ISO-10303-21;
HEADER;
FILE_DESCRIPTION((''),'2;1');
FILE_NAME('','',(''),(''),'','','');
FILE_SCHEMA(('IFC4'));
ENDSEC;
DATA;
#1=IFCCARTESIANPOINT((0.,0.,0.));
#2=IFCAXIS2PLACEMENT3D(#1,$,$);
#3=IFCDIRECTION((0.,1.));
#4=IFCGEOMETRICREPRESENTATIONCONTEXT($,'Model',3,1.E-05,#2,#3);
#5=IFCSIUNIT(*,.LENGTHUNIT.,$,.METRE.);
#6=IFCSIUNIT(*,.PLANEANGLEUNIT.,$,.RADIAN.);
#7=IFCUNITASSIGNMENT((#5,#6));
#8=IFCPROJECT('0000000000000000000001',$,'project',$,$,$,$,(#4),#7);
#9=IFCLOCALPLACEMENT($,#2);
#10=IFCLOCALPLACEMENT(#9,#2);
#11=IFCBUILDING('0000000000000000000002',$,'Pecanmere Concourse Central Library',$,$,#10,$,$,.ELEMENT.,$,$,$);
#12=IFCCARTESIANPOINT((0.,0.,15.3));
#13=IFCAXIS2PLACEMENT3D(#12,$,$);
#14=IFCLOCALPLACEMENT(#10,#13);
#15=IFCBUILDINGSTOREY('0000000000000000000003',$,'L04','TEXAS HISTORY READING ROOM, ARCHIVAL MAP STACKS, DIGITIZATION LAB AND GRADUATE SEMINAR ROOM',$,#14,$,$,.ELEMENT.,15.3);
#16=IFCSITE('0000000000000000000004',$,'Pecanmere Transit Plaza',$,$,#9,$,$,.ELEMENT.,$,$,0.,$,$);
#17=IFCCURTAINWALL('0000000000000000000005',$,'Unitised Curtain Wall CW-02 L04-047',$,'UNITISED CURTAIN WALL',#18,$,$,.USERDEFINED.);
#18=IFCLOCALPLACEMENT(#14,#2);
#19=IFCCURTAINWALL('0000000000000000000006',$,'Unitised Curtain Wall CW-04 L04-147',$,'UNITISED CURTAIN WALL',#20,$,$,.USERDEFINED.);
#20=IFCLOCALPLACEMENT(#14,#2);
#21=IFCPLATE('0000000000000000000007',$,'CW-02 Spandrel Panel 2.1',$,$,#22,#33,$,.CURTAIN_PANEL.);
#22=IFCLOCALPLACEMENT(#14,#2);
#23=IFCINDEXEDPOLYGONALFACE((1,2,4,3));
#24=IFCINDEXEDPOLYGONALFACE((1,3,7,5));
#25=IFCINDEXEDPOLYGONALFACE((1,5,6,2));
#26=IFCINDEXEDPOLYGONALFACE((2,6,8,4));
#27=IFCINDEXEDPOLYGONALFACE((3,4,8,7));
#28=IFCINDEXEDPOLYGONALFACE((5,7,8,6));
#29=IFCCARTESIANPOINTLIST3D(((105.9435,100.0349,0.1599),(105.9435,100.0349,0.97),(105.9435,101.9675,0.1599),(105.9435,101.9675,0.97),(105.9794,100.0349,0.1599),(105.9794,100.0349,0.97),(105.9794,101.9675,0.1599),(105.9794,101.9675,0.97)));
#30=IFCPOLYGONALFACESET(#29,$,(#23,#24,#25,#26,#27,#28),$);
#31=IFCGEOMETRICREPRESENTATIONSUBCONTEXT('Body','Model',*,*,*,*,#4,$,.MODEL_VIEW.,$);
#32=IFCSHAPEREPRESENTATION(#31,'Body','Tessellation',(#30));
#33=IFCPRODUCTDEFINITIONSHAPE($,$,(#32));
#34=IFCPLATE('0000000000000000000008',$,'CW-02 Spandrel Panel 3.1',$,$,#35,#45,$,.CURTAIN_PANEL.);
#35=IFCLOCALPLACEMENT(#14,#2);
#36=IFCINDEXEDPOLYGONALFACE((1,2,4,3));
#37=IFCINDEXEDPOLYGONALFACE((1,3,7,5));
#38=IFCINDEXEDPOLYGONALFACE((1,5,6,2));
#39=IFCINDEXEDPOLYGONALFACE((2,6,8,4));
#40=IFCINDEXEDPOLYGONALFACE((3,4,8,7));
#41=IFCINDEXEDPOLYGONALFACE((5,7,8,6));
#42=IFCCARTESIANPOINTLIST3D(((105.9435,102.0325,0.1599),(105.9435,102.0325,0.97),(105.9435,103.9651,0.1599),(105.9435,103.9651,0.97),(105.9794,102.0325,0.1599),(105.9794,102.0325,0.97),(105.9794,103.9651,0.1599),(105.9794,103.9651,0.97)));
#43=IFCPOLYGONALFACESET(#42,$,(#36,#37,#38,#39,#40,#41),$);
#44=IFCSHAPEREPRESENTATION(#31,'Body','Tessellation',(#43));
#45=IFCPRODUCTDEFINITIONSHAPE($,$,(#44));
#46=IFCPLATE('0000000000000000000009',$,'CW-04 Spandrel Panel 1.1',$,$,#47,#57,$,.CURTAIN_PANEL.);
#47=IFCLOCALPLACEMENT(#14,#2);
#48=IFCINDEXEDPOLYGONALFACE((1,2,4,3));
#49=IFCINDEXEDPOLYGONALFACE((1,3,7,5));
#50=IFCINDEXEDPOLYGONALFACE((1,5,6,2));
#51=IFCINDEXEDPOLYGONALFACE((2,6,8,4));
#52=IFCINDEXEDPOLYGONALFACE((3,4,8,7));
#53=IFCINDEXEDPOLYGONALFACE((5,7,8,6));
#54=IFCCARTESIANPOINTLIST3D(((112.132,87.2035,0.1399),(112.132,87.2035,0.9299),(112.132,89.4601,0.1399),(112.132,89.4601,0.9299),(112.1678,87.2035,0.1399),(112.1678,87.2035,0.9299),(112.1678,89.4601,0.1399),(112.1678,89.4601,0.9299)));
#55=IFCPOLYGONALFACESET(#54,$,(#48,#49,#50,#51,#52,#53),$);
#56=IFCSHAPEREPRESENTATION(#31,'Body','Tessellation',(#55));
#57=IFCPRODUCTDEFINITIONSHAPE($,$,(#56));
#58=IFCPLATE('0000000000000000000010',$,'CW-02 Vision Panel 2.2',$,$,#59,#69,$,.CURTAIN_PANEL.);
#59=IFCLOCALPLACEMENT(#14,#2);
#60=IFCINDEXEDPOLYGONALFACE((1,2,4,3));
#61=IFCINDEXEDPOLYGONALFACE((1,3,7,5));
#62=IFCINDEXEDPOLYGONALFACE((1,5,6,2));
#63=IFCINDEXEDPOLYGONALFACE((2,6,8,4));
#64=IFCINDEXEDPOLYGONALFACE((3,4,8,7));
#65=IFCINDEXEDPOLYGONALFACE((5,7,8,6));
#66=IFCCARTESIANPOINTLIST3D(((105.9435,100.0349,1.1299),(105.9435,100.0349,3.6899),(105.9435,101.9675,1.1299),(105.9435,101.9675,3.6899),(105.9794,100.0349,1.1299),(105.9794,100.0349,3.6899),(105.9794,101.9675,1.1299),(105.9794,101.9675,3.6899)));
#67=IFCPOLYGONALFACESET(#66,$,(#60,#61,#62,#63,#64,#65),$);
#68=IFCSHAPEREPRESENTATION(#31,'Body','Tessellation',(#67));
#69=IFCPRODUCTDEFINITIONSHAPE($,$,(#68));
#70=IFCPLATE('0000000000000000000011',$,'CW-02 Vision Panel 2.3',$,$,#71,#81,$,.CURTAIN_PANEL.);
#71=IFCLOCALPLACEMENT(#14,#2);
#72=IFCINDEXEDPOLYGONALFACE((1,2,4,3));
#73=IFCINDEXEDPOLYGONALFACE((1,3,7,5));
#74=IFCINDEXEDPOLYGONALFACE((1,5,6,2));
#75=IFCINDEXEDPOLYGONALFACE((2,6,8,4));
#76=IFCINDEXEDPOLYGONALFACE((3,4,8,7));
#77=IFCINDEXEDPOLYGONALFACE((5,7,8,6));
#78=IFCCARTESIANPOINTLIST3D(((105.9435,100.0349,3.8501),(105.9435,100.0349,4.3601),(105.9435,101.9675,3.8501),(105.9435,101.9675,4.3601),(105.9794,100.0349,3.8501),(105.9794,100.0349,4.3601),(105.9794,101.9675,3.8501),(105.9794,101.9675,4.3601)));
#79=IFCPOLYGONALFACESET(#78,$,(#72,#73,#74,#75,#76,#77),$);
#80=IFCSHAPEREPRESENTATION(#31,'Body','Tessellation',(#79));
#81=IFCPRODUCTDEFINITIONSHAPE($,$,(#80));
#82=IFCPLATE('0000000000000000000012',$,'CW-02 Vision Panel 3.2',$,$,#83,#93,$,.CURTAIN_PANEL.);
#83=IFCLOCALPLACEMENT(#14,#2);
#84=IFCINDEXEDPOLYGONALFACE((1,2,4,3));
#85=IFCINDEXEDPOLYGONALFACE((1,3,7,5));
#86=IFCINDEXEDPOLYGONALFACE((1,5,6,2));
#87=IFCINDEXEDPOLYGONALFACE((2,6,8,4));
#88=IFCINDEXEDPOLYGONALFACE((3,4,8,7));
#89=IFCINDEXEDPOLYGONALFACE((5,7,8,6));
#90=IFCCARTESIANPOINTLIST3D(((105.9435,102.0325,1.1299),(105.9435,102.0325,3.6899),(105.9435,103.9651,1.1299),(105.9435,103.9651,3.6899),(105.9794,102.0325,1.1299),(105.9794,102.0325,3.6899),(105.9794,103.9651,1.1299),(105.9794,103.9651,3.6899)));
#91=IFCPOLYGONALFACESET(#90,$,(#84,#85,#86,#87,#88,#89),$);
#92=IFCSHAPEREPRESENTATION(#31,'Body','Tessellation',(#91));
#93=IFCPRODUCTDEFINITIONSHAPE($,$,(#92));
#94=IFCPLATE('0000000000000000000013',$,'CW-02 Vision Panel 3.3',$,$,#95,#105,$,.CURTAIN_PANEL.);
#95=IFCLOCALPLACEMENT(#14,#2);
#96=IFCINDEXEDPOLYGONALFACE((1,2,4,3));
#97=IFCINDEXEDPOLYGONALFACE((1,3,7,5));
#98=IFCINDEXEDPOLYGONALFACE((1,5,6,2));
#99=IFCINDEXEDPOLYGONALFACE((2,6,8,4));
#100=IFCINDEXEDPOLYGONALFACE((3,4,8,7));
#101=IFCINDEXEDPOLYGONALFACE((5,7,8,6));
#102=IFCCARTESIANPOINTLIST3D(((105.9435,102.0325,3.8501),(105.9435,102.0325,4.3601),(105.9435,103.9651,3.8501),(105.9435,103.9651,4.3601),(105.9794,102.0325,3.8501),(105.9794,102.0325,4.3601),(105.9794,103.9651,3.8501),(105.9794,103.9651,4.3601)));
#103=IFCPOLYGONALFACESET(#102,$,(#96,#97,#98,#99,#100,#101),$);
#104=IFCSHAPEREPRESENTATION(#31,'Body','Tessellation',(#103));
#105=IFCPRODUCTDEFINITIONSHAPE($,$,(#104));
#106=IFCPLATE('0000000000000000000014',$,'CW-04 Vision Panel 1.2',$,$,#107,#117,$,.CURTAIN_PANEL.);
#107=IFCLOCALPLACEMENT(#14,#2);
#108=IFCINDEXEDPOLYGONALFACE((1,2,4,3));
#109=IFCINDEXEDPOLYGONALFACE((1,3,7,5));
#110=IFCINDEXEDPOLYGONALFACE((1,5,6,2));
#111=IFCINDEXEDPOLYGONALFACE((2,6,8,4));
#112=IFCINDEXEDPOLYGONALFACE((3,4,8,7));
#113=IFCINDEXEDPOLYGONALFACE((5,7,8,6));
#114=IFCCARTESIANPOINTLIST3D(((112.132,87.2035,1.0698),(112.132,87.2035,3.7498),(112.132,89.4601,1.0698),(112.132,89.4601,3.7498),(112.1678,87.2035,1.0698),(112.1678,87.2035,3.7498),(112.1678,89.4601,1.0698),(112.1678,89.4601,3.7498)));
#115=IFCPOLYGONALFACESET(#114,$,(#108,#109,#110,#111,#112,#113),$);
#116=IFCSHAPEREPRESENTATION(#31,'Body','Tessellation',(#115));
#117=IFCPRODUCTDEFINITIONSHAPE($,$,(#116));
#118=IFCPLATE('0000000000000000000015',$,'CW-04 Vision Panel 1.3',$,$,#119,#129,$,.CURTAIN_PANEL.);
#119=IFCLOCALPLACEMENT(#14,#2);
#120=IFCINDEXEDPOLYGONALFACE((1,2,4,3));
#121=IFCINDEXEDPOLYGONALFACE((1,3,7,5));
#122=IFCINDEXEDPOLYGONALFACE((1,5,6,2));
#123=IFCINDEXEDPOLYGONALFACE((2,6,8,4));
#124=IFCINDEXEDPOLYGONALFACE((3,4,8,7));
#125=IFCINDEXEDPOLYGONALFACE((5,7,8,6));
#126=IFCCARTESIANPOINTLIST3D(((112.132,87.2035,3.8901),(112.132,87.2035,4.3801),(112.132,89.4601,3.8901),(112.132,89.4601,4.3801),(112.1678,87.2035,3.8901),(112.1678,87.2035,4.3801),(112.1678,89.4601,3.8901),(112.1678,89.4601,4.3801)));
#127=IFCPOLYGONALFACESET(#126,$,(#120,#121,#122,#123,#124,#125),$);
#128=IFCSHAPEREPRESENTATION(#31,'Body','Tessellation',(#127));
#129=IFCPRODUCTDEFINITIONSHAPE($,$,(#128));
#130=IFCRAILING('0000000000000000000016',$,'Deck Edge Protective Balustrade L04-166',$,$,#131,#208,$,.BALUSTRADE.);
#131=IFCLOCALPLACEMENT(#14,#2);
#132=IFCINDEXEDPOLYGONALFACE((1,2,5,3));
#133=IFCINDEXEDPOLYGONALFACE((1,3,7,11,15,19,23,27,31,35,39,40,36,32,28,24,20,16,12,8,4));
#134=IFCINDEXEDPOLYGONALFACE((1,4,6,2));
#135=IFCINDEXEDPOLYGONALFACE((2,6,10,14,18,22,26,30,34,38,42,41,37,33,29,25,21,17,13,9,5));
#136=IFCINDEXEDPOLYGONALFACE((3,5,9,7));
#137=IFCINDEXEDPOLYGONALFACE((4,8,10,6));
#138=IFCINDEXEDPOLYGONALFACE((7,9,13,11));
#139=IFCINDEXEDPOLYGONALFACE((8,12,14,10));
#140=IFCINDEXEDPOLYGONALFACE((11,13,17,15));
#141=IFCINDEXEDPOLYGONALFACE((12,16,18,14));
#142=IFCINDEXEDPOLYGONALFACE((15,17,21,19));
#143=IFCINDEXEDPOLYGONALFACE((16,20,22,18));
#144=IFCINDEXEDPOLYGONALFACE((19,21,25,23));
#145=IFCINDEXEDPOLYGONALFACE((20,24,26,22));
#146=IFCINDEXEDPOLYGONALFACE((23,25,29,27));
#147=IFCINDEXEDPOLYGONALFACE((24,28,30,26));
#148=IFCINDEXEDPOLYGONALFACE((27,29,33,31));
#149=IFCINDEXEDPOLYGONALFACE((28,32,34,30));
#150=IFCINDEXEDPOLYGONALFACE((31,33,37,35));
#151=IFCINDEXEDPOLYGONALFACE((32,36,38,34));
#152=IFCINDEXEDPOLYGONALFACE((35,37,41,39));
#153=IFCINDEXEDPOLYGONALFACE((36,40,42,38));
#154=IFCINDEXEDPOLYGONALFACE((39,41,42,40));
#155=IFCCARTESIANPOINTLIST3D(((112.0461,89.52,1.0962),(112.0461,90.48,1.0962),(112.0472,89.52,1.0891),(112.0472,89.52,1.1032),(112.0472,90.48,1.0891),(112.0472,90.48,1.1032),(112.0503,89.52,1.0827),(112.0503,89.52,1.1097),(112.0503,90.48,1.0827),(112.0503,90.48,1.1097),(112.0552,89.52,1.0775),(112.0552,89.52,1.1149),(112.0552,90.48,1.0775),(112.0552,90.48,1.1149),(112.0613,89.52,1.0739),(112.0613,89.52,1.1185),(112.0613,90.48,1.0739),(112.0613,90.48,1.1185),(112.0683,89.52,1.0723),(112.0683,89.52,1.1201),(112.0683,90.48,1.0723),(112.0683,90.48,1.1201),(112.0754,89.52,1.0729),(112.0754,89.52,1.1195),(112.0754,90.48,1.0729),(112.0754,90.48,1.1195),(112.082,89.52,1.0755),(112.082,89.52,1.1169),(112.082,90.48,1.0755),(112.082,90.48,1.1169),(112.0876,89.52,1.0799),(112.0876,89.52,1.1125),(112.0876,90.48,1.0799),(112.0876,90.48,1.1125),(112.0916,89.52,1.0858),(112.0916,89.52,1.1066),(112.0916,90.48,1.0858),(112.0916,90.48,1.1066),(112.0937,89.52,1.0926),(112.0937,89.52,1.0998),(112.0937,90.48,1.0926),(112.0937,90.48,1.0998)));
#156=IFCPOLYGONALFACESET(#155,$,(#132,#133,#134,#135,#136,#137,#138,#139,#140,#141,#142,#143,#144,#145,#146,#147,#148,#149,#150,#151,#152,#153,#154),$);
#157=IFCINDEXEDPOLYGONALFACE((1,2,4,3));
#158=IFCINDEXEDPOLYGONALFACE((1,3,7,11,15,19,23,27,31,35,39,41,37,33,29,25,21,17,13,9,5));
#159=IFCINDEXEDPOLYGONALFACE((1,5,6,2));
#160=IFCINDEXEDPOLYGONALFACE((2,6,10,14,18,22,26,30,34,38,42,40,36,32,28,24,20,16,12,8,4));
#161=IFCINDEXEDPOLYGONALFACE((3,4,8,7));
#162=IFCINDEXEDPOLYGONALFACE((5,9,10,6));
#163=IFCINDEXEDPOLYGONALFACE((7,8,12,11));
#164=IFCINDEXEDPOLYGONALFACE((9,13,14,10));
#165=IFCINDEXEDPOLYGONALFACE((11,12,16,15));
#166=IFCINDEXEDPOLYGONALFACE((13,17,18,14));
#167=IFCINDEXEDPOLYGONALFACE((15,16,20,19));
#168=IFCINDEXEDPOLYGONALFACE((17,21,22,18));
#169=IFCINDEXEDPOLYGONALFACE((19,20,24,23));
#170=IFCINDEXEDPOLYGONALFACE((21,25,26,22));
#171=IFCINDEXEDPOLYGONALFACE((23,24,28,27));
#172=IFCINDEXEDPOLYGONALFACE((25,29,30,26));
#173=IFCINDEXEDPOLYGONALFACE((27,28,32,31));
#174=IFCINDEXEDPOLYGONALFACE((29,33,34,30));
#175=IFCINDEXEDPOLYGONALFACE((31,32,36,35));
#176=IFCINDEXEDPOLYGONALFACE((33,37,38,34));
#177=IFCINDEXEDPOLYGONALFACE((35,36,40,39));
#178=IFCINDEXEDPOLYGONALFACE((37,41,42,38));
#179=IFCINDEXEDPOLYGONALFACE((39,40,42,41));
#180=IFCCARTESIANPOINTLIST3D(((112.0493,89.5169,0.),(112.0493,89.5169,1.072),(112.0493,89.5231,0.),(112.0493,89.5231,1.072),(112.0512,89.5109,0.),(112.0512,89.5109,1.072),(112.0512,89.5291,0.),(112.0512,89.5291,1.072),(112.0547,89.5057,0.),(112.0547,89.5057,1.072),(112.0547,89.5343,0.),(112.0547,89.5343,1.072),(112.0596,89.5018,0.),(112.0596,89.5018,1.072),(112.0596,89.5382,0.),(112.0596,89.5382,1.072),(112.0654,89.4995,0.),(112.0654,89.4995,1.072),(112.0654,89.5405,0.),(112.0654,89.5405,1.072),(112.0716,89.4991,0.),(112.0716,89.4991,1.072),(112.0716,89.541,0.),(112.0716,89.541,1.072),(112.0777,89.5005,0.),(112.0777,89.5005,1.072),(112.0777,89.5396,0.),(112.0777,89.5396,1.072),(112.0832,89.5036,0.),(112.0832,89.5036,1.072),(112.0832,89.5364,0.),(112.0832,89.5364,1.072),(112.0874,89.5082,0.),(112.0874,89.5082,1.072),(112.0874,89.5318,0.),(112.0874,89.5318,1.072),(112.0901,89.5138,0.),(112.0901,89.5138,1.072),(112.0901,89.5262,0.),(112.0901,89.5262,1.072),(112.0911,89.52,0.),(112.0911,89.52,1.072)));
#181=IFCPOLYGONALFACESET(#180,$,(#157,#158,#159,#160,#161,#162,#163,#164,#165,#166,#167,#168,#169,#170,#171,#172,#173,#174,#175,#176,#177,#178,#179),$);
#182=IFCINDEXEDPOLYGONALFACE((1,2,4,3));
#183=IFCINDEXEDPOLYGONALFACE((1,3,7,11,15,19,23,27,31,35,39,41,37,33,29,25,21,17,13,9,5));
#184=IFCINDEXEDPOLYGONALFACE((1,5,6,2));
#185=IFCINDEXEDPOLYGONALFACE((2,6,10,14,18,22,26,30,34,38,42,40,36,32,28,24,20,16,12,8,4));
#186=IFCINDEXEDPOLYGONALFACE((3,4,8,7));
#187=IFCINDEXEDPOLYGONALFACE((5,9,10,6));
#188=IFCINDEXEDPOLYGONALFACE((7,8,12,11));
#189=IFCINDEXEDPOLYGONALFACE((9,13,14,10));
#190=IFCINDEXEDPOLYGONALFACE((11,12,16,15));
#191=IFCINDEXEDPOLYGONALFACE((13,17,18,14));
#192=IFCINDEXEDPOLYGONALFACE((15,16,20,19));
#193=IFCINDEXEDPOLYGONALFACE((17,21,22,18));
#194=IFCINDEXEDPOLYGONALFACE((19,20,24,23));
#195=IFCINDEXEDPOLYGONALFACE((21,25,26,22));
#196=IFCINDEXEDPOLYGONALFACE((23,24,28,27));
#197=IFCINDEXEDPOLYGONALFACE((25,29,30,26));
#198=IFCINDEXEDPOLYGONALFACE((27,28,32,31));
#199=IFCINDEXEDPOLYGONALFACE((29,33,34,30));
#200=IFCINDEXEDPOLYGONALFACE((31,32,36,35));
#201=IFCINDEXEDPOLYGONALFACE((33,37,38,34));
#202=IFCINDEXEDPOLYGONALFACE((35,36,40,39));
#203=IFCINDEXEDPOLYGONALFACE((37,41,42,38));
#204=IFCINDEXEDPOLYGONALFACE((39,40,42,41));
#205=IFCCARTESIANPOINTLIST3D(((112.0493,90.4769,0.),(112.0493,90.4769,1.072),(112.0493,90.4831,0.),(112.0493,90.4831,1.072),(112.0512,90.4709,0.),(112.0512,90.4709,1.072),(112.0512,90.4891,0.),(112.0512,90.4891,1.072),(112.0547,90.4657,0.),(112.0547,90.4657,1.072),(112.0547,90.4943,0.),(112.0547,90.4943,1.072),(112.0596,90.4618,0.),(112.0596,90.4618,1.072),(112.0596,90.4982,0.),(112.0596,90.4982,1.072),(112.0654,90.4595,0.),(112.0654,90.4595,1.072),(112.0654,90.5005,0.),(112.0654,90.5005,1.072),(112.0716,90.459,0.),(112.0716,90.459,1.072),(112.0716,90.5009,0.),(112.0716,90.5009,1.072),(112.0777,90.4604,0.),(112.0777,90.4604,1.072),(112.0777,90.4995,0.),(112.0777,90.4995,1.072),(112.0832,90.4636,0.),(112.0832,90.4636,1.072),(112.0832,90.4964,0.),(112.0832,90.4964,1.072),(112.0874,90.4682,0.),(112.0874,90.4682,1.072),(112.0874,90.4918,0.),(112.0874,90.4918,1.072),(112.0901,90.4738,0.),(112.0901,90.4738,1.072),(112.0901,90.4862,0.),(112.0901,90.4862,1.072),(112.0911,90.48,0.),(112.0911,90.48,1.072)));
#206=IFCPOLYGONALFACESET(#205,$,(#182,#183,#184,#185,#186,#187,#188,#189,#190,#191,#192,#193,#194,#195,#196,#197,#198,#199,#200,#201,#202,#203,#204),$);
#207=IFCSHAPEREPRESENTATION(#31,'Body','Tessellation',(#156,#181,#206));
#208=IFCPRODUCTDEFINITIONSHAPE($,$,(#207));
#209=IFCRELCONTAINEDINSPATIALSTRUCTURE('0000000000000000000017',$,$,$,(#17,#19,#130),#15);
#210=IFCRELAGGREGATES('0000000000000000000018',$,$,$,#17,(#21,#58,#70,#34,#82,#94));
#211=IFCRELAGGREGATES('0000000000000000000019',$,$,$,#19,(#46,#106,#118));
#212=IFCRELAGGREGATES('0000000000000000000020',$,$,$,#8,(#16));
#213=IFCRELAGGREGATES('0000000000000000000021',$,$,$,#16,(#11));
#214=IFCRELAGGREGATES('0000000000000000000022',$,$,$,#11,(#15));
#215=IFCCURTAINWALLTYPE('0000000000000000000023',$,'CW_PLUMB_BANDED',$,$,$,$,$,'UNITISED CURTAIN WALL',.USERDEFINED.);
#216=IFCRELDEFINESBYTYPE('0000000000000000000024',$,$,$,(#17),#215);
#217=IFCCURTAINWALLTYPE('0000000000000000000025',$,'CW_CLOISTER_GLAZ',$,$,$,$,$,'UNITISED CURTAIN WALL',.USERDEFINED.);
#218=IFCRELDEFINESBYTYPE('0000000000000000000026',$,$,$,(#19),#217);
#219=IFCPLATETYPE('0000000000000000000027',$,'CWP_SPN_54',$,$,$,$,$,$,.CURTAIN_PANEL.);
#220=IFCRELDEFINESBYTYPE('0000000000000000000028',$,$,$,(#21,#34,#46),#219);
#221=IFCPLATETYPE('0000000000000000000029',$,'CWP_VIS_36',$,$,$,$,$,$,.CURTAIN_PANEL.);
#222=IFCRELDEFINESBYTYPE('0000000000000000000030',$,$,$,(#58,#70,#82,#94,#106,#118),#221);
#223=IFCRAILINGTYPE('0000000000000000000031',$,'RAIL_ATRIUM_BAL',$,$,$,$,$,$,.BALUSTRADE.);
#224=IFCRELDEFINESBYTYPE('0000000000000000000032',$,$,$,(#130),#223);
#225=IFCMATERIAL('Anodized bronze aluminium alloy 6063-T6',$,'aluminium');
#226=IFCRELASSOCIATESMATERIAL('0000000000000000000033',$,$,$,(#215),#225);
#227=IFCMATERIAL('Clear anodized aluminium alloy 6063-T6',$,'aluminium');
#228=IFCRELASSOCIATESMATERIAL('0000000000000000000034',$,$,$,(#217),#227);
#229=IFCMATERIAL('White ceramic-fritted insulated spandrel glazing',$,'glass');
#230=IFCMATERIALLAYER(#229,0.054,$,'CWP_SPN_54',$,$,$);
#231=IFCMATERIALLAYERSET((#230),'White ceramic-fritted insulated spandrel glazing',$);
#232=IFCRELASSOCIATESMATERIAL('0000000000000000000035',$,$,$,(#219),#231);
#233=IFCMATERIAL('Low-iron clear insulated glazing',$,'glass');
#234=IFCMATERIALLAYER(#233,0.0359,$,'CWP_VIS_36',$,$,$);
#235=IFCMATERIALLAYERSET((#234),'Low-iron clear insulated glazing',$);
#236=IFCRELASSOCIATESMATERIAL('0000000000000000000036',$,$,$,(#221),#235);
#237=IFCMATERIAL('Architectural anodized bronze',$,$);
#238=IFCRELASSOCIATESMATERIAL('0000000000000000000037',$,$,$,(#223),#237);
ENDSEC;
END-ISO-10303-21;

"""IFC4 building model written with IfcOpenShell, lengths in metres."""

from ifc_helpers import new_model, si_unit, direction, frame, origin, origin_2d, place, context, subcontext, project, spatial, rectangle, circle, extrude, material, layer, layer_set, type_object, element, aggregate, save


model = new_model("IFC4")

# Units and contexts
model_context = context("Model", 3, precision=1e-05, world=origin(), true_north=direction((0.0, 1.0)))
body_context = subcontext(model_context, "Body", "Model", "MODEL_VIEW")
ifc_project = project(units=[si_unit("LENGTHUNIT", "METRE"), si_unit("PLANEANGLEUNIT", "RADIAN")], contexts=[model_context])

# Site, building, storey
site_placement = place(None, origin())
site = spatial("IfcSite", under=ifc_project, at=site_placement, Name="Pecanmere Transit Plaza", CompositionType="ELEMENT", RefElevation=0.0)
building_placement = place(site_placement, origin())
building = spatial("IfcBuilding", under=site, at=building_placement, Name="Pecanmere Concourse Central Library", CompositionType="ELEMENT")
storey_placement = place(building_placement, frame((0.0, 0.0, 15.3)))
storey = spatial("IfcBuildingStorey", under=building, at=storey_placement, Name="L04", Description="TEXAS HISTORY READING ROOM, ARCHIVAL MAP STACKS, DIGITIZATION LAB AND GRADUATE SEMINAR ROOM", CompositionType="ELEMENT", Elevation=15.3)

# Curtain walls
ifc_material_1 = material(Name="Anodized bronze aluminium alloy 6063-T6", Category="aluminium")
curtain_wall_type_1 = type_object("IfcCurtainWallType", Name="CW_PLUMB_BANDED", ElementType="UNITISED CURTAIN WALL", PredefinedType="USERDEFINED", material=ifc_material_1)
curtain_wall_1_placement = place(storey_placement, origin())
curtain_wall_1 = element("IfcCurtainWall", 1, at=curtain_wall_1_placement, inside=storey, type_object=curtain_wall_type_1, Name="Unitised Curtain Wall CW-02 L04-047", ObjectType="UNITISED CURTAIN WALL", PredefinedType="USERDEFINED")
ifc_material_2 = material(Name="Clear anodized aluminium alloy 6063-T6", Category="aluminium")
curtain_wall_type_2 = type_object("IfcCurtainWallType", Name="CW_CLOISTER_GLAZ", ElementType="UNITISED CURTAIN WALL", PredefinedType="USERDEFINED", material=ifc_material_2)
curtain_wall_2_placement = place(storey_placement, origin())
curtain_wall_2 = element("IfcCurtainWall", 2, at=curtain_wall_2_placement, inside=storey, type_object=curtain_wall_type_2, Name="Unitised Curtain Wall CW-04 L04-147", ObjectType="UNITISED CURTAIN WALL", PredefinedType="USERDEFINED")

# Plates
ifc_material_3 = material(Name="White ceramic-fritted insulated spandrel glazing", Category="glass")
ifc_layer_1 = layer(ifc_material_3, 0.054, Name="CWP_SPN_54")
ifc_layer_set_1 = layer_set([ifc_layer_1], Name="White ceramic-fritted insulated spandrel glazing")
plate_type_1 = type_object("IfcPlateType", Name="CWP_SPN_54", PredefinedType="CURTAIN_PANEL", material=ifc_layer_set_1)
plate_1_placement = place(storey_placement, frame((105.9614, 101.0012, 0.1599), z_axis=(0.0, 0.0, 1.0), x_axis=(0.0, 1.0, 0.0)))
plate_1 = element("IfcPlate", 3, at=plate_1_placement, type_object=plate_type_1, Name="CW-02 Spandrel Panel 2.1", PredefinedType="CURTAIN_PANEL", context=body_context, shape_type="SweptSolid", body=[
    extrude(rectangle(XDim=1.9326, YDim=0.0359, at=origin_2d()), origin(), (0.0, 0.0, 1.0), 0.8101),
])
plate_2_placement = place(storey_placement, frame((105.9614, 102.9988, 0.1599), z_axis=(0.0, 0.0, 1.0), x_axis=(0.0, 1.0, 0.0)))
plate_2 = element("IfcPlate", 4, at=plate_2_placement, type_object=plate_type_1, Name="CW-02 Spandrel Panel 3.1", PredefinedType="CURTAIN_PANEL", context=body_context, shape_type="SweptSolid", body=[
    extrude(rectangle(XDim=1.9326, YDim=0.0359, at=origin_2d()), origin(), (0.0, 0.0, 1.0), 0.8101),
])
plate_3_placement = place(storey_placement, frame((112.1499, 88.3318, 0.1399), z_axis=(0.0, 0.0, 1.0), x_axis=(0.0, -1.0, 0.0)))
plate_3 = element("IfcPlate", 5, at=plate_3_placement, type_object=plate_type_1, Name="CW-04 Spandrel Panel 1.1", PredefinedType="CURTAIN_PANEL", context=body_context, shape_type="SweptSolid", body=[
    extrude(rectangle(XDim=2.2566, YDim=0.0359, at=origin_2d()), origin(), (0.0, 0.0, 1.0), 0.79),
])
ifc_material_4 = material(Name="Low-iron clear insulated glazing", Category="glass")
ifc_layer_2 = layer(ifc_material_4, 0.0359, Name="CWP_VIS_36")
ifc_layer_set_2 = layer_set([ifc_layer_2], Name="Low-iron clear insulated glazing")
plate_type_2 = type_object("IfcPlateType", Name="CWP_VIS_36", PredefinedType="CURTAIN_PANEL", material=ifc_layer_set_2)
plate_4_placement = place(storey_placement, frame((105.9614, 101.0012, 1.1299), z_axis=(0.0, 0.0, 1.0), x_axis=(0.0, 1.0, 0.0)))
plate_4 = element("IfcPlate", 6, at=plate_4_placement, type_object=plate_type_2, Name="CW-02 Vision Panel 2.2", PredefinedType="CURTAIN_PANEL", context=body_context, shape_type="SweptSolid", body=[
    extrude(rectangle(XDim=1.9326, YDim=0.0359, at=origin_2d()), origin(), (0.0, 0.0, 1.0), 2.5601),
])
plate_5_placement = place(storey_placement, frame((105.9614, 101.0012, 3.8501), z_axis=(0.0, 0.0, 1.0), x_axis=(0.0, 1.0, 0.0)))
plate_5 = element("IfcPlate", 7, at=plate_5_placement, type_object=plate_type_2, Name="CW-02 Vision Panel 2.3", PredefinedType="CURTAIN_PANEL", context=body_context, shape_type="SweptSolid", body=[
    extrude(rectangle(XDim=1.9326, YDim=0.0359, at=origin_2d()), origin(), (0.0, 0.0, 1.0), 0.51),
])
plate_6_placement = place(storey_placement, frame((105.9614, 102.9988, 1.1299), z_axis=(0.0, 0.0, 1.0), x_axis=(0.0, 1.0, 0.0)))
plate_6 = element("IfcPlate", 8, at=plate_6_placement, type_object=plate_type_2, Name="CW-02 Vision Panel 3.2", PredefinedType="CURTAIN_PANEL", context=body_context, shape_type="SweptSolid", body=[
    extrude(rectangle(XDim=1.9326, YDim=0.0359, at=origin_2d()), origin(), (0.0, 0.0, 1.0), 2.5601),
])
plate_7_placement = place(storey_placement, frame((105.9614, 102.9988, 3.8501), z_axis=(0.0, 0.0, 1.0), x_axis=(0.0, 1.0, 0.0)))
plate_7 = element("IfcPlate", 9, at=plate_7_placement, type_object=plate_type_2, Name="CW-02 Vision Panel 3.3", PredefinedType="CURTAIN_PANEL", context=body_context, shape_type="SweptSolid", body=[
    extrude(rectangle(XDim=1.9326, YDim=0.0359, at=origin_2d()), origin(), (0.0, 0.0, 1.0), 0.51),
])
aggregate(curtain_wall_1, [plate_1, plate_4, plate_5, plate_2, plate_6, plate_7])
plate_8_placement = place(storey_placement, frame((112.1499, 88.3318, 1.0698), z_axis=(0.0, 0.0, 1.0), x_axis=(0.0, -1.0, 0.0)))
plate_8 = element("IfcPlate", 10, at=plate_8_placement, type_object=plate_type_2, Name="CW-04 Vision Panel 1.2", PredefinedType="CURTAIN_PANEL", context=body_context, shape_type="SweptSolid", body=[
    extrude(rectangle(XDim=2.2566, YDim=0.0359, at=origin_2d()), origin(), (0.0, 0.0, 1.0), 2.6799),
])
plate_9_placement = place(storey_placement, frame((112.1499, 88.3318, 3.8901), z_axis=(0.0, 0.0, 1.0), x_axis=(0.0, -1.0, 0.0)))
plate_9 = element("IfcPlate", 11, at=plate_9_placement, type_object=plate_type_2, Name="CW-04 Vision Panel 1.3", PredefinedType="CURTAIN_PANEL", context=body_context, shape_type="SweptSolid", body=[
    extrude(rectangle(XDim=2.2566, YDim=0.0359, at=origin_2d()), origin(), (0.0, 0.0, 1.0), 0.49),
])
aggregate(curtain_wall_2, [plate_3, plate_8, plate_9])

# Railing
ifc_material_5 = material(Name="Architectural anodized bronze")
railing_type = type_object("IfcRailingType", Name="RAIL_ATRIUM_BAL", PredefinedType="BALUSTRADE", material=ifc_material_5)
for number, where, name in (
    (12, (112.0701, 89.52, 0.0), "Deck Edge Protective Balustrade L04-166"),
):
    element("IfcRailing", number, at=place(storey_placement, frame(where)), inside=storey, type_object=railing_type, Name=name, PredefinedType="BALUSTRADE", context=body_context, shape_type="SweptSolid", body=[
        extrude(circle(Radius=0.0239, at=origin_2d()), frame((0.0, 0.0, 1.0962), z_axis=(0.0, 1.0, 0.0), x_axis=(-1.0, 0.0, 0.0)), (0.0, 0.0, 1.0), 0.96),
        extrude(circle(Radius=0.021, at=origin_2d()), origin(), (0.0, 0.0, 1.0), 1.072),
        extrude(circle(Radius=0.021, at=origin_2d()), frame((0.0, 0.96, 0.0)), (0.0, 0.0, 1.0), 1.072),
    ])

save(model, "model.ifc")
